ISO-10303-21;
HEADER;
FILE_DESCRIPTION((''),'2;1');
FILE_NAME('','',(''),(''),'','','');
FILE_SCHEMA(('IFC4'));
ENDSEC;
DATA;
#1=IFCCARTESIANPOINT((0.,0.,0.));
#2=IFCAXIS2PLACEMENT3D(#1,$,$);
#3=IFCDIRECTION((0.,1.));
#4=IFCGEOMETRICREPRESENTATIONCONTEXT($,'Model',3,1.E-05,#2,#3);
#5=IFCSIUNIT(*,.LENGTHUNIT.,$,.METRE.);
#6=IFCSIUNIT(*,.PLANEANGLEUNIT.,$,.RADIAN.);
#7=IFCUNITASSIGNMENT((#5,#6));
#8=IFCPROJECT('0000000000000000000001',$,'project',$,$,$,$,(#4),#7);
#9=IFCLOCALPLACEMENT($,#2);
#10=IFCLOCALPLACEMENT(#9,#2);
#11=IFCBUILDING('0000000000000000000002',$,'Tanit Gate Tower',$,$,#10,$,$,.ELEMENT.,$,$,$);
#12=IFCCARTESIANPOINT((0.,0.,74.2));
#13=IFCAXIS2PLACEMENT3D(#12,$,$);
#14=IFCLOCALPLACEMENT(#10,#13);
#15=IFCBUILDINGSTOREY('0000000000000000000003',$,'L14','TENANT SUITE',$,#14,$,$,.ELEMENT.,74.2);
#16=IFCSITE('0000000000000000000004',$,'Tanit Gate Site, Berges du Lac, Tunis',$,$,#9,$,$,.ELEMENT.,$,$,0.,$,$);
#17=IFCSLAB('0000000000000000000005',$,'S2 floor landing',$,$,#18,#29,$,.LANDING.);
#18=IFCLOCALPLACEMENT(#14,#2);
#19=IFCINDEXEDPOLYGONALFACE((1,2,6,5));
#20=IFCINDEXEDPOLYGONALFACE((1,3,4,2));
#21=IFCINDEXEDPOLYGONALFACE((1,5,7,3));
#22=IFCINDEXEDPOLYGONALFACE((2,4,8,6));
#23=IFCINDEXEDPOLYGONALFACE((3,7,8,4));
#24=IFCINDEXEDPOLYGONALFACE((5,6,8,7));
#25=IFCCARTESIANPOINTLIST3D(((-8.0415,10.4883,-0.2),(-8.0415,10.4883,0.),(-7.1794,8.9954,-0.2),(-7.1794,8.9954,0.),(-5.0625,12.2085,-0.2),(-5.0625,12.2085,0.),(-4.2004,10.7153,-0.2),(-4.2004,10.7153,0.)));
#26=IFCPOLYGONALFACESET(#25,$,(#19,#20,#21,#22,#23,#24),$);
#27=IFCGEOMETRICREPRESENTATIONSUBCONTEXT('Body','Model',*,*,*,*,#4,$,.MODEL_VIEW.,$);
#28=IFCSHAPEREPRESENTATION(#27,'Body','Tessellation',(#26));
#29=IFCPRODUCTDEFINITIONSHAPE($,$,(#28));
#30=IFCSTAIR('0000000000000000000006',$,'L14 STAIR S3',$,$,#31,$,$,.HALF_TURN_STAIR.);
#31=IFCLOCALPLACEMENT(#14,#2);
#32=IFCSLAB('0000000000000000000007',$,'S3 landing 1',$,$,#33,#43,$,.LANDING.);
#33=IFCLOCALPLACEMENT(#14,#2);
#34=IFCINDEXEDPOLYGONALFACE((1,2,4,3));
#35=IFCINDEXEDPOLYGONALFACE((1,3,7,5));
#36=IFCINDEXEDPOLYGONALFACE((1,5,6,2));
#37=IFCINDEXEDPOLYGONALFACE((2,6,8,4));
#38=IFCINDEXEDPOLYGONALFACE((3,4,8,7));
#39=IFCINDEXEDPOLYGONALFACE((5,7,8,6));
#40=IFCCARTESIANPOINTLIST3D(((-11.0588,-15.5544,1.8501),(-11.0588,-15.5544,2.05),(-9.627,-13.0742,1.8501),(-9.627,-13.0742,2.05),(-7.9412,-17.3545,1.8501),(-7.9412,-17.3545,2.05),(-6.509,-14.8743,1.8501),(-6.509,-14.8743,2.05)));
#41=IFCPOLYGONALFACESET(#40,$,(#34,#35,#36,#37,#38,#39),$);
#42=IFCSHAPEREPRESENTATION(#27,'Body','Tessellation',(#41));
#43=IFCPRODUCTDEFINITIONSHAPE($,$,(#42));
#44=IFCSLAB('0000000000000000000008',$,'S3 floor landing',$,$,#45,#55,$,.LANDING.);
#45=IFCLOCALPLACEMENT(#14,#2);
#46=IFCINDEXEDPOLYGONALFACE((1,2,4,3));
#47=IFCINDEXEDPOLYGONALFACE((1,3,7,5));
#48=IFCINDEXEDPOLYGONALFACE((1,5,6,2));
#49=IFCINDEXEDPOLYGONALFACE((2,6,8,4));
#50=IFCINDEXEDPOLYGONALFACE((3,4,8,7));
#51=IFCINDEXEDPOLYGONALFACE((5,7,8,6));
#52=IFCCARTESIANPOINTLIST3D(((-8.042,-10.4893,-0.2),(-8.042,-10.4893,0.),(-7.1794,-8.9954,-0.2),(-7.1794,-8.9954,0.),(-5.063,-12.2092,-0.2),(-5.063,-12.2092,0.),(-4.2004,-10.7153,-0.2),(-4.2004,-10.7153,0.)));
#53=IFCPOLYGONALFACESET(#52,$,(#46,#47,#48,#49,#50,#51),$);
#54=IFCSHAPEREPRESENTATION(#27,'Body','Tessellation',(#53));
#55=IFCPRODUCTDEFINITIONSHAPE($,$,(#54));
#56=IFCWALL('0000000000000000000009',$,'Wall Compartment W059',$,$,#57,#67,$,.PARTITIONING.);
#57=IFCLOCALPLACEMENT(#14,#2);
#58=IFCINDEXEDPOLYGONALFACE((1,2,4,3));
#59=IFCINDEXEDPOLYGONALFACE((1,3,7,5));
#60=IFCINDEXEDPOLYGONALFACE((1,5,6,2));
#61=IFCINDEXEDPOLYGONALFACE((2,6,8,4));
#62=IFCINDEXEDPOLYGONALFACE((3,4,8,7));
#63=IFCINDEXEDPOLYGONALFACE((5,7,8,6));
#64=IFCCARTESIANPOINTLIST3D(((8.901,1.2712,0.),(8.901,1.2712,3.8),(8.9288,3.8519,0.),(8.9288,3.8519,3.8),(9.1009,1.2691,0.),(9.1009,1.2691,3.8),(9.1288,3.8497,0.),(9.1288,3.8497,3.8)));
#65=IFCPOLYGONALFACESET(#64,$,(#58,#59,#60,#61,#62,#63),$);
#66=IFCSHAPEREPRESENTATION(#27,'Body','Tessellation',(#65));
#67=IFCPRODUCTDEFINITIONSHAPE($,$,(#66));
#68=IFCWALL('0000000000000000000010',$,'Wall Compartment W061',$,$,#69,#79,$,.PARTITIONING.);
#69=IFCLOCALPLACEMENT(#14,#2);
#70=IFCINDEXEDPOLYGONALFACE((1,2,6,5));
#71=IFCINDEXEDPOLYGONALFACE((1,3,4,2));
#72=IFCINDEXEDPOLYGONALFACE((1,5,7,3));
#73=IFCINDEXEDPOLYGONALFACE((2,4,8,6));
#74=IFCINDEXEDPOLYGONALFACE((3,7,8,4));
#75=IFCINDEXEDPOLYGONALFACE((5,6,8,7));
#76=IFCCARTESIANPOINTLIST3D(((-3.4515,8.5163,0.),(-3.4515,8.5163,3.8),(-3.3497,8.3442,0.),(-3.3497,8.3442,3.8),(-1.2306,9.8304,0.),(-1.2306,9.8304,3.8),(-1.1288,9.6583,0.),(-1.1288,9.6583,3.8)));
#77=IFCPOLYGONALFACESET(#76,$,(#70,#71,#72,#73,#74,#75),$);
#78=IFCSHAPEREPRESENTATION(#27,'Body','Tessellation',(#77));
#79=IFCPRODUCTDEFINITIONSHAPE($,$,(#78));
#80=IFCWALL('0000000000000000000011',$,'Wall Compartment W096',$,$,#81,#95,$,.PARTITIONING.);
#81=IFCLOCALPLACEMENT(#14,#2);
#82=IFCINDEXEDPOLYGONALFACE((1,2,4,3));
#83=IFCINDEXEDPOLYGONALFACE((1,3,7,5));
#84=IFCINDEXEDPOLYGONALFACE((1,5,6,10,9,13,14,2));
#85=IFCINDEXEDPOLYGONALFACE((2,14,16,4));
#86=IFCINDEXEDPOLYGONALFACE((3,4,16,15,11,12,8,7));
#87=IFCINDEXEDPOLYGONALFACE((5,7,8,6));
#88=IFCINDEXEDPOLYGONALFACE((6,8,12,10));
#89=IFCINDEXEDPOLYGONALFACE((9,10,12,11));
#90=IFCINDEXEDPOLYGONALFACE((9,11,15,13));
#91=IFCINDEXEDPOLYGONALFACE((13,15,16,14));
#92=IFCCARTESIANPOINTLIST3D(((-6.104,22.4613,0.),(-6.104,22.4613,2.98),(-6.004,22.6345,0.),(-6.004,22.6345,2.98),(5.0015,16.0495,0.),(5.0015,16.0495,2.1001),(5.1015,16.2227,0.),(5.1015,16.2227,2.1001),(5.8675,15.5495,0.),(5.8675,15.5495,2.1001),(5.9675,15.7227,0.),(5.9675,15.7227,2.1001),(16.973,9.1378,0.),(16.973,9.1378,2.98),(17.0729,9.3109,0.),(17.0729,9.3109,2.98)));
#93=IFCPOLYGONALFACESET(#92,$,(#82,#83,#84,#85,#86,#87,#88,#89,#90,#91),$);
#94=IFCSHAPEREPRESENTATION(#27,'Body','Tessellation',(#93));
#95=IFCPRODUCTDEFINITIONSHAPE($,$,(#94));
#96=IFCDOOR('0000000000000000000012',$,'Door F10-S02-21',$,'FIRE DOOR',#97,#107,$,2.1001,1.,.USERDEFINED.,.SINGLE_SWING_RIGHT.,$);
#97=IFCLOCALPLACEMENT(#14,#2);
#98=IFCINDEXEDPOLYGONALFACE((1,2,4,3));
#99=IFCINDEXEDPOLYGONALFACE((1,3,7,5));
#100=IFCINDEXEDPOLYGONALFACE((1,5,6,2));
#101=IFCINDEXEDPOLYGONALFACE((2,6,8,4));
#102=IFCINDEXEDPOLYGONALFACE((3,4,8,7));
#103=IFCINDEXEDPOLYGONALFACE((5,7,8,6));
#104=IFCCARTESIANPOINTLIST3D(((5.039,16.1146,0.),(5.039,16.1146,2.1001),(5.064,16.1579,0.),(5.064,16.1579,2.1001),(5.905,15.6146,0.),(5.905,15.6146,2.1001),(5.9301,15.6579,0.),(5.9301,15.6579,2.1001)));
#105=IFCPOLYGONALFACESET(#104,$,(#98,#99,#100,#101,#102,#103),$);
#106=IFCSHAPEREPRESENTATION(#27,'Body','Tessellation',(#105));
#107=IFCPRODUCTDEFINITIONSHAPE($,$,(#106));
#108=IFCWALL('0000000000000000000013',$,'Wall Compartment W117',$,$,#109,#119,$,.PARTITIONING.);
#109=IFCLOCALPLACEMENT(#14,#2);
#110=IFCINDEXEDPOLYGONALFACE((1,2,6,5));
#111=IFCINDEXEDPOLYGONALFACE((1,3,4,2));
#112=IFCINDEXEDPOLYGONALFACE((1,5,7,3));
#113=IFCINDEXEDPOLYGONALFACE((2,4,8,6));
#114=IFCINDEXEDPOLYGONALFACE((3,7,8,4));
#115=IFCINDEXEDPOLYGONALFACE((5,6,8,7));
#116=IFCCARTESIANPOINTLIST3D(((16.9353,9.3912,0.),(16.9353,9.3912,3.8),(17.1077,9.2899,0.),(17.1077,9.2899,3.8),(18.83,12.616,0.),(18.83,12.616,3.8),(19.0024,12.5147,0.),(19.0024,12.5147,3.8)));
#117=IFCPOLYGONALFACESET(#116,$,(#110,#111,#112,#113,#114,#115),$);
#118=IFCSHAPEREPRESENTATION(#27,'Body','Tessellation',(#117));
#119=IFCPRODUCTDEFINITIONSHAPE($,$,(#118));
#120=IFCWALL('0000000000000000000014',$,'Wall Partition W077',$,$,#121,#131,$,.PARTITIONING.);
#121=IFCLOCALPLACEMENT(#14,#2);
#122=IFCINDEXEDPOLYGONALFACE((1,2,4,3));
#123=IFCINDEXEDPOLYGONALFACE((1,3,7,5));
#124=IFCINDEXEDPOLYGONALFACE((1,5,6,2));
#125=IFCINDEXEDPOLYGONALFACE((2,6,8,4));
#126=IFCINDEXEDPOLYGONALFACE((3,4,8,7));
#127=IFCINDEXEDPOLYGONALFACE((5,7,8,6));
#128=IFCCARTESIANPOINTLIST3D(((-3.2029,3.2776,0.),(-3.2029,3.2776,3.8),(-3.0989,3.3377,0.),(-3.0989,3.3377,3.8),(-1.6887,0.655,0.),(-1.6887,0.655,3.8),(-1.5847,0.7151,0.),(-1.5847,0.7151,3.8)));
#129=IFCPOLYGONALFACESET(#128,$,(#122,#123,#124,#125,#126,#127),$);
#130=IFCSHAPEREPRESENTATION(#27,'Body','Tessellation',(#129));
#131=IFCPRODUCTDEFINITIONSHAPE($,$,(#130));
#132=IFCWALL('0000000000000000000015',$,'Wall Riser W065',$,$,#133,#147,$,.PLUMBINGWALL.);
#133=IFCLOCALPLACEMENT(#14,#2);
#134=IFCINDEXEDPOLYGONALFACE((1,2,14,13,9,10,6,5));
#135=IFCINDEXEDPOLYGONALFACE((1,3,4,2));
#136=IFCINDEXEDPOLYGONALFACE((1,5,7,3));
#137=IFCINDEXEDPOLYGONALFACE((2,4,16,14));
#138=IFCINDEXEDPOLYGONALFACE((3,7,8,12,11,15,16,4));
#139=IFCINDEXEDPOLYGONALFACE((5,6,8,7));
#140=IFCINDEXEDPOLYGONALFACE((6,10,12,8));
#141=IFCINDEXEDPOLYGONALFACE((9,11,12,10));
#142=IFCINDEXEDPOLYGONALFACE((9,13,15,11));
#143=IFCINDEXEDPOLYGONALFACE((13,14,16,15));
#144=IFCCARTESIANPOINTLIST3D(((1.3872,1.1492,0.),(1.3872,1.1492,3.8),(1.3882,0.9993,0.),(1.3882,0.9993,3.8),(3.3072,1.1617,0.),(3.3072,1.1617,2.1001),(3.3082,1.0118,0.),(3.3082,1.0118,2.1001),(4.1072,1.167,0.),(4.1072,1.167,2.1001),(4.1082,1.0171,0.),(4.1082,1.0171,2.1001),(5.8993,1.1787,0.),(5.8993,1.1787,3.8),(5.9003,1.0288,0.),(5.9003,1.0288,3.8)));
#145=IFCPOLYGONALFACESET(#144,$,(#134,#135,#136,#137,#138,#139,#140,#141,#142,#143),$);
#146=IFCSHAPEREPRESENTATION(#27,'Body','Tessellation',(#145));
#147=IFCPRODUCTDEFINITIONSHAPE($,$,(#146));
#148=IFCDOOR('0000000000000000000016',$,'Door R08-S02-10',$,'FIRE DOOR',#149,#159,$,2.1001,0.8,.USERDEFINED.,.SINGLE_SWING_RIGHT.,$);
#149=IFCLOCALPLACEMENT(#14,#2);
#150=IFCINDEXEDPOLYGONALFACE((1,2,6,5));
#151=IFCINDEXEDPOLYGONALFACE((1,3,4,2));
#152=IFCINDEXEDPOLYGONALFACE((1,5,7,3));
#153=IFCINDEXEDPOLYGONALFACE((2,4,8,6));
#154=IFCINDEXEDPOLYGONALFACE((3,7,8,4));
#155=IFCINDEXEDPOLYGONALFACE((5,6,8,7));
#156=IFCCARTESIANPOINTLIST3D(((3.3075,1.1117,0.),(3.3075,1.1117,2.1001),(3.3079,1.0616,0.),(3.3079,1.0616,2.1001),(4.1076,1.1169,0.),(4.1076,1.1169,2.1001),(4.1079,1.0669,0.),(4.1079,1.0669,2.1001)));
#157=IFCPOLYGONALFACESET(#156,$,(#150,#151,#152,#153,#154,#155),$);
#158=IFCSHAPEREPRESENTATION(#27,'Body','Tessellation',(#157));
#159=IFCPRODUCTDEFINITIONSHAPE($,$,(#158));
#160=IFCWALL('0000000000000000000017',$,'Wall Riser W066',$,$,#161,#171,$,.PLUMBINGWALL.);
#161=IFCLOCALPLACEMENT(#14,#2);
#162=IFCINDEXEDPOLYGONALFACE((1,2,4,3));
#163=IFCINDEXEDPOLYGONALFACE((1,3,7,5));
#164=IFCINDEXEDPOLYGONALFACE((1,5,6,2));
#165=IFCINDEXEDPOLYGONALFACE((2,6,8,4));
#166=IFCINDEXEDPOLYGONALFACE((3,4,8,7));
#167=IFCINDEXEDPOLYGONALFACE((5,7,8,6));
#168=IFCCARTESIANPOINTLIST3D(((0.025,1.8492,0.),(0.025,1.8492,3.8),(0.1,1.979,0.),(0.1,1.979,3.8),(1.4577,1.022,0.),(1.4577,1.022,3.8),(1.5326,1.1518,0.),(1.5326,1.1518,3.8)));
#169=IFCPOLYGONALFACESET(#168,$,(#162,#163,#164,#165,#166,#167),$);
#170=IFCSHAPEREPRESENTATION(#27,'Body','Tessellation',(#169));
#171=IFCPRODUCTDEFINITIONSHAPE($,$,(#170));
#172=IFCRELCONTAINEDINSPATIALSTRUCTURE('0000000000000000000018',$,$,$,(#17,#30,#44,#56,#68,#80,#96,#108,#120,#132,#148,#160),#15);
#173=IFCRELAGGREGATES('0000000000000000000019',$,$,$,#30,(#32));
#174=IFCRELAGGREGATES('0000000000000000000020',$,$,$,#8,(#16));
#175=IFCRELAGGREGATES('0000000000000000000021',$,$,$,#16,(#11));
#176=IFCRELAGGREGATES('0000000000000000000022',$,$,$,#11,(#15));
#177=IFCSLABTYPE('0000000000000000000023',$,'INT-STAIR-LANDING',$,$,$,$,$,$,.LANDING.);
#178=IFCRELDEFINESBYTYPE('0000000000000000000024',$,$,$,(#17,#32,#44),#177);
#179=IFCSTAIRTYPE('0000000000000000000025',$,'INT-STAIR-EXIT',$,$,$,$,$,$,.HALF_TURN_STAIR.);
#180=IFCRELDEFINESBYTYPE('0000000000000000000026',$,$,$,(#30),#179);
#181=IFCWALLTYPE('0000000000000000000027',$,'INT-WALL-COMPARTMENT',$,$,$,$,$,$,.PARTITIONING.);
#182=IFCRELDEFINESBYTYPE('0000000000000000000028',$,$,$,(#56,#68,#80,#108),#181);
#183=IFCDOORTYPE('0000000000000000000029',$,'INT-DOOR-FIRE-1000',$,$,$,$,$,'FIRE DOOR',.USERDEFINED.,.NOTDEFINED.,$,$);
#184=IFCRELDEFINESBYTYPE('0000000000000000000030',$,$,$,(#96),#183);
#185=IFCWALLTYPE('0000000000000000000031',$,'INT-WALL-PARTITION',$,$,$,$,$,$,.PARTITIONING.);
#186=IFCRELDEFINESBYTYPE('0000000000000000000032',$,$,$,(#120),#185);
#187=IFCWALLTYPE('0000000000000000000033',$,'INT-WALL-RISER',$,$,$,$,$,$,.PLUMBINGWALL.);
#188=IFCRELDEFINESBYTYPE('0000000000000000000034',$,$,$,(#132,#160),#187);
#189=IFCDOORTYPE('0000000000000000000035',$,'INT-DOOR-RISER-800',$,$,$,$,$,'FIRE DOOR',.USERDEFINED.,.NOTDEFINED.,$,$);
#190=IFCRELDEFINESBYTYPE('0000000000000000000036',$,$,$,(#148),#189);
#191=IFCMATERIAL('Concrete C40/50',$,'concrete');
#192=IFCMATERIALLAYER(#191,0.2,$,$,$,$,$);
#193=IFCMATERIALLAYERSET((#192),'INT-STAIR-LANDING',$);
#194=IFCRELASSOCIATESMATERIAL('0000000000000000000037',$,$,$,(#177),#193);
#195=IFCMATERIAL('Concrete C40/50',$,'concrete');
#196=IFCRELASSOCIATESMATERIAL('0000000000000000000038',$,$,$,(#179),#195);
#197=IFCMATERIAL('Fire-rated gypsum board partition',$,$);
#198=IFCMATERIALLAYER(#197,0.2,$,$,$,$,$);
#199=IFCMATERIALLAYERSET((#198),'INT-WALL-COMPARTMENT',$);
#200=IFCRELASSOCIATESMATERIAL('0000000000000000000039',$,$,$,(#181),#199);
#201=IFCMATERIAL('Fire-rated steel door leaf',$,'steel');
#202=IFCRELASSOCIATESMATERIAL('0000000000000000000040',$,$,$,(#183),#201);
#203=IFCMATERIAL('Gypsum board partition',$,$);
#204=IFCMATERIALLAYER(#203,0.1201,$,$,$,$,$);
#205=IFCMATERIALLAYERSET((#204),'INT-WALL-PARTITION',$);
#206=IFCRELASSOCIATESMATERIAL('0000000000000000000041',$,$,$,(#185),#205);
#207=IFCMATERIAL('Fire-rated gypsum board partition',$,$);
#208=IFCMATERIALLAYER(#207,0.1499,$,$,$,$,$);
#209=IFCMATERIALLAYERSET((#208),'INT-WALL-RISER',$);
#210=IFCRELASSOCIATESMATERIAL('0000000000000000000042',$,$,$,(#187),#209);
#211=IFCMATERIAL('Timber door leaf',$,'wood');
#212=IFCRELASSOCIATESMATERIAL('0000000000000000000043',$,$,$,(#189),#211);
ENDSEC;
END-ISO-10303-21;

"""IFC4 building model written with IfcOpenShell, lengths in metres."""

from ifc_helpers import new_model, si_unit, direction, frame, frame_2d, origin, place, context, subcontext, project, spatial, polyline, rectangle, outline, extrude, material, layer, layer_set, type_object, element, fill, aggregate, save


model = new_model("IFC4")

# Units and contexts
model_context = context("Model", 3, precision=1e-05, world=origin(), true_north=direction((0.0, 1.0)))
body_context = subcontext(model_context, "Body", "Model", "MODEL_VIEW")
ifc_project = project(units=[si_unit("LENGTHUNIT", "METRE"), si_unit("PLANEANGLEUNIT", "RADIAN")], contexts=[model_context])

# Site, building, storey
site_placement = place(None, origin())
site = spatial("IfcSite", under=ifc_project, at=site_placement, Name="Tanit Gate Site, Berges du Lac, Tunis", CompositionType="ELEMENT", RefElevation=0.0)
building_placement = place(site_placement, origin())
building = spatial("IfcBuilding", under=site, at=building_placement, Name="Tanit Gate Tower", CompositionType="ELEMENT")
storey_placement = place(building_placement, frame((0.0, 0.0, 74.2)))
storey = spatial("IfcBuildingStorey", under=building, at=storey_placement, Name="L14", Description="TENANT SUITE", CompositionType="ELEMENT", Elevation=74.2)

# Slab
ifc_material_1 = material(Name="Concrete C40/50", Category="concrete")
ifc_layer_1 = layer(ifc_material_1, 0.2)
ifc_layer_set_1 = layer_set([ifc_layer_1], Name="INT-STAIR-LANDING")
slab_type = type_object("IfcSlabType", Name="INT-STAIR-LANDING", PredefinedType="LANDING", material=ifc_layer_set_1)
slab_1_placement = place(storey_placement, frame((0.0, 0.0, -0.2)))
element("IfcSlab", 1, at=slab_1_placement, inside=storey, type_object=slab_type, Name="S2 floor landing", PredefinedType="LANDING", context=body_context, shape_type="SweptSolid", body=[
    extrude(outline(polyline([(-4.2004, 10.7153), (-5.0625, 12.2085), (-8.0415, 10.4883), (-7.1794, 8.9954), (-4.2004, 10.7153)])), origin(), (0.0, 0.0, 1.0), 0.2),
])

# Stair, slab
ifc_material_2 = material(Name="Concrete C40/50", Category="concrete")
stair_type = type_object("IfcStairType", Name="INT-STAIR-EXIT", PredefinedType="HALF_TURN_STAIR", material=ifc_material_2)
stair_1_placement = place(storey_placement, origin())
stair_1 = element("IfcStair", 2, at=stair_1_placement, inside=storey, type_object=stair_type, Name="L14 STAIR S3", PredefinedType="HALF_TURN_STAIR")
slab_2_placement = place(storey_placement, frame((0.0, 0.0, 1.8501)))
slab_2 = element("IfcSlab", 3, at=slab_2_placement, type_object=slab_type, Name="S3 landing 1", PredefinedType="LANDING", context=body_context, shape_type="SweptSolid", body=[
    extrude(outline(polyline([(-9.627, -13.0742), (-11.0588, -15.5544), (-7.9412, -17.3545), (-6.509, -14.8743), (-9.627, -13.0742)])), origin(), (0.0, 0.0, 1.0), 0.2),
])
aggregate(stair_1, [slab_2])

# Slab
slab_3_placement = place(storey_placement, frame((0.0, 0.0, -0.2)))
element("IfcSlab", 4, at=slab_3_placement, inside=storey, type_object=slab_type, Name="S3 floor landing", PredefinedType="LANDING", context=body_context, shape_type="SweptSolid", body=[
    extrude(outline(polyline([(-7.1794, -8.9954), (-8.042, -10.4893), (-5.063, -12.2092), (-4.2004, -10.7153), (-7.1794, -8.9954)])), origin(), (0.0, 0.0, 1.0), 0.2),
])

# Walls
ifc_material_3 = material(Name="Fire-rated gypsum board partition")
ifc_layer_2 = layer(ifc_material_3, 0.2)
ifc_layer_set_2 = layer_set([ifc_layer_2], Name="INT-WALL-COMPARTMENT")
wall_type_1 = type_object("IfcWallType", Name="INT-WALL-COMPARTMENT", PredefinedType="PARTITIONING", material=ifc_layer_set_2)
wall_1_placement = place(storey_placement, frame((9.001, 1.27, 0.0), z_axis=(0.0, 0.0, 1.0), x_axis=(0.010785, 0.999942, 0.0)))
element("IfcWall", 5, at=wall_1_placement, inside=storey, type_object=wall_type_1, Name="Wall Compartment W059", PredefinedType="PARTITIONING", context=body_context, shape_type="SweptSolid", body=[
    extrude(rectangle(XDim=2.5808, YDim=0.2, at=frame_2d((1.2905, 0.0))), origin(), (0.0, 0.0, 1.0), 3.8),
])
wall_2_placement = place(storey_placement, frame((-1.1797, 9.7444, 0.0), z_axis=(0.0, 0.0, 1.0), x_axis=(-0.860616, -0.509255, 0.0)))
element("IfcWall", 6, at=wall_2_placement, inside=storey, type_object=wall_type_1, Name="Wall Compartment W061", PredefinedType="PARTITIONING", context=body_context, shape_type="SweptSolid", body=[
    extrude(rectangle(XDim=2.5806, YDim=0.2, at=frame_2d((1.2903, 0.0))), origin(), (0.0, 0.0, 1.0), 3.8),
])

# Wall, opening, door
wall_3_placement = place(storey_placement, frame((17.0229, 9.2244, 0.0), z_axis=(0.0, 0.0, 1.0), x_axis=(-0.866025, 0.500001, 0.0)))
wall_3 = element("IfcWall", 7, at=wall_3_placement, inside=storey, type_object=wall_type_1, Name="Wall Compartment W096", PredefinedType="PARTITIONING", context=body_context, shape_type="SweptSolid", body=[
    extrude(rectangle(XDim=26.647, YDim=0.2, at=frame_2d((13.3235, 0.0))), origin(), (0.0, 0.0, 1.0), 2.98),
])
opening_1_placement = place(wall_3_placement, frame((12.8235, 0.0, 0.0)))
opening_1 = element("IfcOpeningElement", 8, at=opening_1_placement, cuts=wall_3, PredefinedType="OPENING", context=body_context, shape_type="SweptSolid", body=[
    extrude(rectangle(XDim=1.0, YDim=2.1001, at=frame_2d((0.5, 1.05))), frame((0.0, 0.1099, 0.0), z_axis=(0.0, -1.0, 0.0), x_axis=(1.0, 0.0, 0.0)), (0.0, 0.0, 1.0), 0.22),
])
ifc_material_4 = material(Name="Fire-rated steel door leaf", Category="steel")
door_type_1 = type_object("IfcDoorType", Name="INT-DOOR-FIRE-1000", ElementType="FIRE DOOR", OperationType="NOTDEFINED", PredefinedType="USERDEFINED", material=ifc_material_4)
door_1_placement = place(opening_1_placement, origin())
door_1 = element("IfcDoor", 9, at=door_1_placement, inside=storey, type_object=door_type_1, Name="Door F10-S02-21", ObjectType="FIRE DOOR", OperationType="SINGLE_SWING_RIGHT", OverallHeight=2.1001, OverallWidth=1.0, PredefinedType="USERDEFINED", context=body_context, shape_type="SweptSolid", body=[
    extrude(rectangle(XDim=1.0, YDim=2.1001, at=frame_2d((0.5, 1.05))), frame((0.0, 0.0249, 0.0), z_axis=(0.0, -1.0, 0.0), x_axis=(1.0, 0.0, 0.0)), (0.0, 0.0, 1.0), 0.05),
])
fill(opening_1, door_1)

# Walls
wall_4_placement = place(storey_placement, frame((17.0215, 9.3406, 0.0), z_axis=(0.0, 0.0, 1.0), x_axis=(0.506584, 0.862191, 0.0)))
element("IfcWall", 10, at=wall_4_placement, inside=storey, type_object=wall_type_1, Name="Wall Compartment W117", PredefinedType="PARTITIONING", context=body_context, shape_type="SweptSolid", body=[
    extrude(rectangle(XDim=3.7402, YDim=0.2, at=frame_2d((1.8701, 0.0))), origin(), (0.0, 0.0, 1.0), 3.8),
])
ifc_material_5 = material(Name="Gypsum board partition")
ifc_layer_3 = layer(ifc_material_5, 0.1201)
ifc_layer_set_3 = layer_set([ifc_layer_3], Name="INT-WALL-PARTITION")
wall_type_2 = type_object("IfcWallType", Name="INT-WALL-PARTITION", PredefinedType="PARTITIONING", material=ifc_layer_set_3)
wall_5_placement = place(storey_placement, frame((-1.6367, 0.6851, 0.0), z_axis=(0.0, 0.0, 1.0), x_axis=(-0.500006, 0.866022, 0.0)))
element("IfcWall", 11, at=wall_5_placement, inside=storey, type_object=wall_type_2, Name="Wall Partition W077", PredefinedType="PARTITIONING", context=body_context, shape_type="SweptSolid", body=[
    extrude(rectangle(XDim=3.0283, YDim=0.1201, at=frame_2d((1.5142, 0.0))), origin(), (0.0, 0.0, 1.0), 3.8),
])

# Wall, opening, door
ifc_material_6 = material(Name="Fire-rated gypsum board partition")
ifc_layer_4 = layer(ifc_material_6, 0.1499)
ifc_layer_set_4 = layer_set([ifc_layer_4], Name="INT-WALL-RISER")
wall_type_3 = type_object("IfcWallType", Name="INT-WALL-RISER", PredefinedType="PLUMBINGWALL", material=ifc_layer_set_4)
wall_6_placement = place(storey_placement, frame((1.3877, 1.0742, 0.0), z_axis=(0.0, 0.0, 1.0), x_axis=(0.999979, 0.006547, 0.0)))
wall_6 = element("IfcWall", 12, at=wall_6_placement, inside=storey, type_object=wall_type_3, Name="Wall Riser W065", PredefinedType="PLUMBINGWALL", context=body_context, shape_type="SweptSolid", body=[
    extrude(rectangle(XDim=4.5122, YDim=0.1499, at=frame_2d((2.2561, 0.0))), origin(), (0.0, 0.0, 1.0), 3.8),
])
opening_2_placement = place(wall_6_placement, frame((1.9202, 0.0, 0.0)))
opening_2 = element("IfcOpeningElement", 13, at=opening_2_placement, cuts=wall_6, PredefinedType="OPENING", context=body_context, shape_type="SweptSolid", body=[
    extrude(rectangle(XDim=0.8, YDim=2.1001, at=frame_2d((0.3999, 1.05))), frame((0.0, 0.085, 0.0), z_axis=(0.0, -1.0, 0.0), x_axis=(1.0, 0.0, 0.0)), (0.0, 0.0, 1.0), 0.1699),
])
ifc_material_7 = material(Name="Timber door leaf", Category="wood")
door_type_2 = type_object("IfcDoorType", Name="INT-DOOR-RISER-800", ElementType="FIRE DOOR", OperationType="NOTDEFINED", PredefinedType="USERDEFINED", material=ifc_material_7)
door_2_placement = place(opening_2_placement, origin())
door_2 = element("IfcDoor", 14, at=door_2_placement, inside=storey, type_object=door_type_2, Name="Door R08-S02-10", ObjectType="FIRE DOOR", OperationType="SINGLE_SWING_RIGHT", OverallHeight=2.1001, OverallWidth=0.8, PredefinedType="USERDEFINED", context=body_context, shape_type="SweptSolid", body=[
    extrude(rectangle(XDim=0.8, YDim=2.1001, at=frame_2d((0.3999, 1.05))), frame((0.0, 0.0249, 0.0), z_axis=(0.0, -1.0, 0.0), x_axis=(1.0, 0.0, 0.0)), (0.0, 0.0, 1.0), 0.05),
])
fill(opening_2, door_2)

# Wall
wall_7_placement = place(storey_placement, frame((0.0625, 1.9141, 0.0), z_axis=(0.0, 0.0, 1.0), x_axis=(0.866018, -0.500012, 0.0)))
element("IfcWall", 15, at=wall_7_placement, inside=storey, type_object=wall_type_3, Name="Wall Riser W066", PredefinedType="PLUMBINGWALL", context=body_context, shape_type="SweptSolid", body=[
    extrude(rectangle(XDim=1.6543, YDim=0.1499, at=frame_2d((0.8271, 0.0))), origin(), (0.0, 0.0, 1.0), 3.8),
])

save(model, "model.ifc")
